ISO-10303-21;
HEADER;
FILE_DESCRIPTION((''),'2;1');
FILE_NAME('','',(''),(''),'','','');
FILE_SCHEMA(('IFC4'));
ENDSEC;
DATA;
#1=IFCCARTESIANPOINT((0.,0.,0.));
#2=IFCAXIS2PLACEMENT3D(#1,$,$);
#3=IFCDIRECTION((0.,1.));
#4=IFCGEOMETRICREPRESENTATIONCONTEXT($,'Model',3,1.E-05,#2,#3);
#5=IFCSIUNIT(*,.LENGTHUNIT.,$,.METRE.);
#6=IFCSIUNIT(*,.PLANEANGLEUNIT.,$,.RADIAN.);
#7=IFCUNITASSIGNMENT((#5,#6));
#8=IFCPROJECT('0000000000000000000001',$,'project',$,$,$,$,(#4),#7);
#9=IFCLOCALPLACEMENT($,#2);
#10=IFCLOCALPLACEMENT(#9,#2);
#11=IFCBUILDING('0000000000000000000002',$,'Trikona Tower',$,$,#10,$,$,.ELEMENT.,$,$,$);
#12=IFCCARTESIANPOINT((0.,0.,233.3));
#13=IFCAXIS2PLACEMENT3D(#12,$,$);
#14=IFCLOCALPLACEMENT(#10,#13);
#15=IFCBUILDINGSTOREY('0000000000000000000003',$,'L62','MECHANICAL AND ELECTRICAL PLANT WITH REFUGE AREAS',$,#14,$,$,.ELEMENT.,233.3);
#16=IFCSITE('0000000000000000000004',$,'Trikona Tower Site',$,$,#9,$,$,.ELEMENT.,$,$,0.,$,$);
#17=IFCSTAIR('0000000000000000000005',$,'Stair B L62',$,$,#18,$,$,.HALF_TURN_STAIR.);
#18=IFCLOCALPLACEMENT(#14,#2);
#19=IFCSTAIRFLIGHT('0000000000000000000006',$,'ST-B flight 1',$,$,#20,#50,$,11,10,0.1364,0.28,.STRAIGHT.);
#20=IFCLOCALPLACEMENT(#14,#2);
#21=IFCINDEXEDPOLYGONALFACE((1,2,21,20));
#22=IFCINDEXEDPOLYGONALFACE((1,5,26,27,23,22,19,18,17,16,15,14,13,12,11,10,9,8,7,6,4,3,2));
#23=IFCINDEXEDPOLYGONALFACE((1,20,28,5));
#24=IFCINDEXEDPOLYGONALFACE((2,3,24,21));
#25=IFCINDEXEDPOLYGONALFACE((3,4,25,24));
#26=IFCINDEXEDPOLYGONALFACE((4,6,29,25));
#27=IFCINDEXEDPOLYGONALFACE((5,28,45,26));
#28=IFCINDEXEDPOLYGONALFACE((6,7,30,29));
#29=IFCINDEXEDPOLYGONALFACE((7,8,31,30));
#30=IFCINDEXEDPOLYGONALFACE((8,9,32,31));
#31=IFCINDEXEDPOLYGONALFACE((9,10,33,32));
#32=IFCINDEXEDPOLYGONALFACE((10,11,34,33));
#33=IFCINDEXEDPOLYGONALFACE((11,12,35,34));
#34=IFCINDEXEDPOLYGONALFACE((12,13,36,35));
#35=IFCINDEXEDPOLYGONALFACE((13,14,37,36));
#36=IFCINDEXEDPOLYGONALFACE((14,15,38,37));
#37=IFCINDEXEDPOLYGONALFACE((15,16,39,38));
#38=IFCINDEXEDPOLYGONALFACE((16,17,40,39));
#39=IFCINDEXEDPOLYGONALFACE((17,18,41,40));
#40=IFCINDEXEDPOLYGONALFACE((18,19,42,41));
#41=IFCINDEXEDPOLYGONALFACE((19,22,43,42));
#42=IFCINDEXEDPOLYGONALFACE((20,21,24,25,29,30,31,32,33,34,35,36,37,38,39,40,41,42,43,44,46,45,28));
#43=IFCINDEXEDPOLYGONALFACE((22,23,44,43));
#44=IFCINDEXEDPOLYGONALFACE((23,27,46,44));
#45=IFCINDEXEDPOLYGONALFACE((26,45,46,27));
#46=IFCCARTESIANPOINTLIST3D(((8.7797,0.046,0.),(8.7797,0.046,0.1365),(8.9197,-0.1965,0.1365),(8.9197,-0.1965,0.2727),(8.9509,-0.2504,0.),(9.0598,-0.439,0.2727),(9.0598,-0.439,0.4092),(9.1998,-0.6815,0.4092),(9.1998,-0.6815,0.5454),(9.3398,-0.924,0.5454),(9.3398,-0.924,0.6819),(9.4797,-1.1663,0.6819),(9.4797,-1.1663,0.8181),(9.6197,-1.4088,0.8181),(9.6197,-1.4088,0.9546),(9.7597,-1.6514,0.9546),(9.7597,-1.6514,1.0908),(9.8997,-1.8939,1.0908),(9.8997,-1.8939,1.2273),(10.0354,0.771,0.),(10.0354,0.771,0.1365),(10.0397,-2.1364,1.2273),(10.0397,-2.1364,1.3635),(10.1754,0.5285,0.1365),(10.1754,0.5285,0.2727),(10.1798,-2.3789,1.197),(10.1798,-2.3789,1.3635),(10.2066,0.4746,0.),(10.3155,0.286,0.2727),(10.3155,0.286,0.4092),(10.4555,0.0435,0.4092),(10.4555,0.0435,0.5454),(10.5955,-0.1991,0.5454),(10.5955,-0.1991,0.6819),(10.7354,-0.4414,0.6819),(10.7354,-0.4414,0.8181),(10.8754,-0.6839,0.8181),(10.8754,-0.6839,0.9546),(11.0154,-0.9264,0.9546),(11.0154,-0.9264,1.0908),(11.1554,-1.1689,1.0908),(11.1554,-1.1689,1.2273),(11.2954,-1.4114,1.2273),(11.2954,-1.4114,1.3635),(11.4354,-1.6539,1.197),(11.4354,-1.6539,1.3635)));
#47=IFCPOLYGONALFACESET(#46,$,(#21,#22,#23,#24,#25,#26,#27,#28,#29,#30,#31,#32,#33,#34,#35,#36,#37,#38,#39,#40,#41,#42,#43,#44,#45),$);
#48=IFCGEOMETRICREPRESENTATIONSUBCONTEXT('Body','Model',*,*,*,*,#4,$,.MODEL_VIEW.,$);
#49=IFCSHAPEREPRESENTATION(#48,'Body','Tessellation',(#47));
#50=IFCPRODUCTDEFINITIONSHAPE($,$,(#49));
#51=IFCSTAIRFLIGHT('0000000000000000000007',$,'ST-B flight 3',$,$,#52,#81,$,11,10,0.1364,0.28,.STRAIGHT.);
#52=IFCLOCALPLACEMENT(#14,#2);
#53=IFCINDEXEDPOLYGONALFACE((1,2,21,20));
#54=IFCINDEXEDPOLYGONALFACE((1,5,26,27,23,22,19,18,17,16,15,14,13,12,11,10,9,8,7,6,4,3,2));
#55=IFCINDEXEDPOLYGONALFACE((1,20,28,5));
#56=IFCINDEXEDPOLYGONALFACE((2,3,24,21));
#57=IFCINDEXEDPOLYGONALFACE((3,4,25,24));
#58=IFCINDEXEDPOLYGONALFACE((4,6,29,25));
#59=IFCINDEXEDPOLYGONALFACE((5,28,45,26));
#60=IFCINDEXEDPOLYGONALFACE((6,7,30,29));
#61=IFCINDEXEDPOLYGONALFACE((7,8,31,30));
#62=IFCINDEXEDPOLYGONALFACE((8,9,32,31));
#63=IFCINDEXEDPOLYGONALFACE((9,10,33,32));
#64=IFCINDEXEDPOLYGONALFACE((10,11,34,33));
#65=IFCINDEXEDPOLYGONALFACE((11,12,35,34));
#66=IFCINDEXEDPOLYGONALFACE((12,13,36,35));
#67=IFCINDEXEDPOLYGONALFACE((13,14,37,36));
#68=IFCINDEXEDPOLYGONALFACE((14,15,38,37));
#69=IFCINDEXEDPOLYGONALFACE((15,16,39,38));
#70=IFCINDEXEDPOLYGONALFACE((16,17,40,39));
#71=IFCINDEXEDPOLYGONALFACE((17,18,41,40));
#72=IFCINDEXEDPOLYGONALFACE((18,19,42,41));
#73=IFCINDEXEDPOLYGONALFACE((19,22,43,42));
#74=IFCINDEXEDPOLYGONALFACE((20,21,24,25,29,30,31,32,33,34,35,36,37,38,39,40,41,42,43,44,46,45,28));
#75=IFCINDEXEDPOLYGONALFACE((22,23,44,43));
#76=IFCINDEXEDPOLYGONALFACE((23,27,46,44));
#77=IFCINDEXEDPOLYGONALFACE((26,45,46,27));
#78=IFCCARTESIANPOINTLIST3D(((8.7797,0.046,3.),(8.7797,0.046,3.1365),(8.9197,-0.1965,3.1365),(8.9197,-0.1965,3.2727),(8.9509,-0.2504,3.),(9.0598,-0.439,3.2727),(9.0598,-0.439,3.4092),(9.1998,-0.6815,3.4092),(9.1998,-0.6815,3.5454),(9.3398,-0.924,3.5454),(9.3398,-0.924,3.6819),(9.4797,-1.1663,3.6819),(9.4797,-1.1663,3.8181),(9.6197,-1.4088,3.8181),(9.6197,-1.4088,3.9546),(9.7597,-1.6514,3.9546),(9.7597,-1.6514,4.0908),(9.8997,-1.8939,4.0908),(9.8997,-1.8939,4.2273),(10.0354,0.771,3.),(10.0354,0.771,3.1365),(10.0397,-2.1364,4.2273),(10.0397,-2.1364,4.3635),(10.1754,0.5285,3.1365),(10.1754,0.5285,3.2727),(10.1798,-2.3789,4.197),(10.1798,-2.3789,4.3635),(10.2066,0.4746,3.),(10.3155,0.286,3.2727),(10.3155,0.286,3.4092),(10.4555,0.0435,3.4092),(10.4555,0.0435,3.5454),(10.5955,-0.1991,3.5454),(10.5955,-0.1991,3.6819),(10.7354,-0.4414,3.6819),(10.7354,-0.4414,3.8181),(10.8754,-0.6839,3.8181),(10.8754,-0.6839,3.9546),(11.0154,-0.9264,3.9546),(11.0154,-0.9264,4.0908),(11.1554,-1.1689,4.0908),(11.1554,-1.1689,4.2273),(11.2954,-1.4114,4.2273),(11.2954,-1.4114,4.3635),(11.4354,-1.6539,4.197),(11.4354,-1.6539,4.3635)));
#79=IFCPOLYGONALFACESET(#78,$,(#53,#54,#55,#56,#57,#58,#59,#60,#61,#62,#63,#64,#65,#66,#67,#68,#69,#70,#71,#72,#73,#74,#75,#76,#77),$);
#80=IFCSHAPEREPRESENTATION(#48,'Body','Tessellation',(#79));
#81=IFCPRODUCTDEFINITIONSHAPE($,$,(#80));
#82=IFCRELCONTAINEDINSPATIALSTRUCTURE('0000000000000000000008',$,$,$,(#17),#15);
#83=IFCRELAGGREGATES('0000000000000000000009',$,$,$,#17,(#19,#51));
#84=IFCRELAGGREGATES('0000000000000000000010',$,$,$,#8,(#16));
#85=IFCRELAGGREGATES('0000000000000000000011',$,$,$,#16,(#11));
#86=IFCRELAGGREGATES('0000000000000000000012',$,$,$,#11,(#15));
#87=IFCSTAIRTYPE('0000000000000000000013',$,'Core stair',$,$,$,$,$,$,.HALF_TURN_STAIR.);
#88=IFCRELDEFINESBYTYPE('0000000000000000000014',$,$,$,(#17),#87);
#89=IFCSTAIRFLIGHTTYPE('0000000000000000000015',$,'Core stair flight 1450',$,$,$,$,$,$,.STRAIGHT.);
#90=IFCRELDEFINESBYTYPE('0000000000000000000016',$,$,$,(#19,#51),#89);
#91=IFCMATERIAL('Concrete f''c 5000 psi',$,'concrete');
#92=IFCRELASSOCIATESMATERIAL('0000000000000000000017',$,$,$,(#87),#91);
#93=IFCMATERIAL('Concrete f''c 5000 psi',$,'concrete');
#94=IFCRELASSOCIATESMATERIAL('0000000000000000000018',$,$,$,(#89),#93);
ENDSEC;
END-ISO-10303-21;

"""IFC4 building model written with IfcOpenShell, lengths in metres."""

from ifc_helpers import new_model, si_unit, direction, frame, origin, place, context, subcontext, project, spatial, polyline, outline, extrude, material, type_object, element, aggregate, save


model = new_model("IFC4")

# Units and contexts
model_context = context("Model", 3, precision=1e-05, world=origin(), true_north=direction((0.0, 1.0)))
body_context = subcontext(model_context, "Body", "Model", "MODEL_VIEW")
ifc_project = project(units=[si_unit("LENGTHUNIT", "METRE"), si_unit("PLANEANGLEUNIT", "RADIAN")], contexts=[model_context])

# Site, building, storey
site_placement = place(None, origin())
site = spatial("IfcSite", under=ifc_project, at=site_placement, Name="Trikona Tower Site", CompositionType="ELEMENT", RefElevation=0.0)
building_placement = place(site_placement, origin())
building = spatial("IfcBuilding", under=site, at=building_placement, Name="Trikona Tower", CompositionType="ELEMENT")
storey_placement = place(building_placement, frame((0.0, 0.0, 233.3)))
storey = spatial("IfcBuildingStorey", under=building, at=storey_placement, Name="L62", Description="MECHANICAL AND ELECTRICAL PLANT WITH REFUGE AREAS", CompositionType="ELEMENT", Elevation=233.3)

# Stair
ifc_material_1 = material(Name="Concrete f'c 5000 psi", Category="concrete")
stair_type = type_object("IfcStairType", Name="Core stair", PredefinedType="HALF_TURN_STAIR", material=ifc_material_1)
stair_1_placement = place(storey_placement, origin())
stair_1 = element("IfcStair", 1, at=stair_1_placement, inside=storey, type_object=stair_type, Name="Stair B L62", PredefinedType="HALF_TURN_STAIR")

# Stair flights
ifc_material_2 = material(Name="Concrete f'c 5000 psi", Category="concrete")
stair_flight_type = type_object("IfcStairFlightType", Name="Core stair flight 1450", PredefinedType="STRAIGHT", material=ifc_material_2)
stair_flight_1_placement = place(storey_placement, frame((9.4075, 0.4084, 0.0), z_axis=(0.0, 0.0, 1.0), x_axis=(0.5, -0.866025, 0.0)))
stair_flight_1 = element("IfcStairFlight", 2, at=stair_flight_1_placement, type_object=stair_flight_type, Name="ST-B flight 1", NumberOfRisers=11, NumberOfTreads=10, PredefinedType="STRAIGHT", RiserHeight=0.1364, TreadLength=0.28, context=body_context, shape_type="SweptSolid", body=[
    extrude(outline(polyline([(0.0, 0.0), (0.0, 0.1365), (0.28, 0.1365), (0.28, 0.2727), (0.5601, 0.2727), (0.5601, 0.4092), (0.8401, 0.4092), (0.8401, 0.5454), (1.1201, 0.5454), (1.1201, 0.6819), (1.3999, 0.6819), (1.3999, 0.8181), (1.6799, 0.8181), (1.6799, 0.9546), (1.96, 0.9546), (1.96, 1.0908), (2.24, 1.0908), (2.24, 1.2273), (2.52, 1.2273), (2.52, 1.3635), (2.8, 1.3635), (2.8, 1.5), (2.8, 1.197), (0.3423, 0.0), (0.0, 0.0)])), frame((0.0, 0.7251, 0.0), z_axis=(0.0, -1.0, 0.0), x_axis=(1.0, 0.0, 0.0)), (0.0, 0.0, 1.0), 1.45),
])
stair_flight_2_placement = place(storey_placement, frame((9.4075, 0.4084, 3.0), z_axis=(0.0, 0.0, 1.0), x_axis=(0.5, -0.866025, 0.0)))
stair_flight_2 = element("IfcStairFlight", 3, at=stair_flight_2_placement, type_object=stair_flight_type, Name="ST-B flight 3", NumberOfRisers=11, NumberOfTreads=10, PredefinedType="STRAIGHT", RiserHeight=0.1364, TreadLength=0.28, context=body_context, shape_type="SweptSolid", body=[
    extrude(outline(polyline([(0.0, 0.0), (0.0, 0.1365), (0.28, 0.1365), (0.28, 0.2727), (0.5601, 0.2727), (0.5601, 0.4092), (0.8401, 0.4092), (0.8401, 0.5454), (1.1201, 0.5454), (1.1201, 0.6819), (1.3999, 0.6819), (1.3999, 0.8181), (1.6799, 0.8181), (1.6799, 0.9546), (1.96, 0.9546), (1.96, 1.0908), (2.24, 1.0908), (2.24, 1.2273), (2.52, 1.2273), (2.52, 1.3635), (2.8, 1.3635), (2.8, 1.5), (2.8, 1.197), (0.3423, 0.0), (0.0, 0.0)])), frame((0.0, 0.7251, 0.0), z_axis=(0.0, -1.0, 0.0), x_axis=(1.0, 0.0, 0.0)), (0.0, 0.0, 1.0), 1.45),
])
aggregate(stair_1, [stair_flight_1, stair_flight_2])

save(model, "model.ifc")
